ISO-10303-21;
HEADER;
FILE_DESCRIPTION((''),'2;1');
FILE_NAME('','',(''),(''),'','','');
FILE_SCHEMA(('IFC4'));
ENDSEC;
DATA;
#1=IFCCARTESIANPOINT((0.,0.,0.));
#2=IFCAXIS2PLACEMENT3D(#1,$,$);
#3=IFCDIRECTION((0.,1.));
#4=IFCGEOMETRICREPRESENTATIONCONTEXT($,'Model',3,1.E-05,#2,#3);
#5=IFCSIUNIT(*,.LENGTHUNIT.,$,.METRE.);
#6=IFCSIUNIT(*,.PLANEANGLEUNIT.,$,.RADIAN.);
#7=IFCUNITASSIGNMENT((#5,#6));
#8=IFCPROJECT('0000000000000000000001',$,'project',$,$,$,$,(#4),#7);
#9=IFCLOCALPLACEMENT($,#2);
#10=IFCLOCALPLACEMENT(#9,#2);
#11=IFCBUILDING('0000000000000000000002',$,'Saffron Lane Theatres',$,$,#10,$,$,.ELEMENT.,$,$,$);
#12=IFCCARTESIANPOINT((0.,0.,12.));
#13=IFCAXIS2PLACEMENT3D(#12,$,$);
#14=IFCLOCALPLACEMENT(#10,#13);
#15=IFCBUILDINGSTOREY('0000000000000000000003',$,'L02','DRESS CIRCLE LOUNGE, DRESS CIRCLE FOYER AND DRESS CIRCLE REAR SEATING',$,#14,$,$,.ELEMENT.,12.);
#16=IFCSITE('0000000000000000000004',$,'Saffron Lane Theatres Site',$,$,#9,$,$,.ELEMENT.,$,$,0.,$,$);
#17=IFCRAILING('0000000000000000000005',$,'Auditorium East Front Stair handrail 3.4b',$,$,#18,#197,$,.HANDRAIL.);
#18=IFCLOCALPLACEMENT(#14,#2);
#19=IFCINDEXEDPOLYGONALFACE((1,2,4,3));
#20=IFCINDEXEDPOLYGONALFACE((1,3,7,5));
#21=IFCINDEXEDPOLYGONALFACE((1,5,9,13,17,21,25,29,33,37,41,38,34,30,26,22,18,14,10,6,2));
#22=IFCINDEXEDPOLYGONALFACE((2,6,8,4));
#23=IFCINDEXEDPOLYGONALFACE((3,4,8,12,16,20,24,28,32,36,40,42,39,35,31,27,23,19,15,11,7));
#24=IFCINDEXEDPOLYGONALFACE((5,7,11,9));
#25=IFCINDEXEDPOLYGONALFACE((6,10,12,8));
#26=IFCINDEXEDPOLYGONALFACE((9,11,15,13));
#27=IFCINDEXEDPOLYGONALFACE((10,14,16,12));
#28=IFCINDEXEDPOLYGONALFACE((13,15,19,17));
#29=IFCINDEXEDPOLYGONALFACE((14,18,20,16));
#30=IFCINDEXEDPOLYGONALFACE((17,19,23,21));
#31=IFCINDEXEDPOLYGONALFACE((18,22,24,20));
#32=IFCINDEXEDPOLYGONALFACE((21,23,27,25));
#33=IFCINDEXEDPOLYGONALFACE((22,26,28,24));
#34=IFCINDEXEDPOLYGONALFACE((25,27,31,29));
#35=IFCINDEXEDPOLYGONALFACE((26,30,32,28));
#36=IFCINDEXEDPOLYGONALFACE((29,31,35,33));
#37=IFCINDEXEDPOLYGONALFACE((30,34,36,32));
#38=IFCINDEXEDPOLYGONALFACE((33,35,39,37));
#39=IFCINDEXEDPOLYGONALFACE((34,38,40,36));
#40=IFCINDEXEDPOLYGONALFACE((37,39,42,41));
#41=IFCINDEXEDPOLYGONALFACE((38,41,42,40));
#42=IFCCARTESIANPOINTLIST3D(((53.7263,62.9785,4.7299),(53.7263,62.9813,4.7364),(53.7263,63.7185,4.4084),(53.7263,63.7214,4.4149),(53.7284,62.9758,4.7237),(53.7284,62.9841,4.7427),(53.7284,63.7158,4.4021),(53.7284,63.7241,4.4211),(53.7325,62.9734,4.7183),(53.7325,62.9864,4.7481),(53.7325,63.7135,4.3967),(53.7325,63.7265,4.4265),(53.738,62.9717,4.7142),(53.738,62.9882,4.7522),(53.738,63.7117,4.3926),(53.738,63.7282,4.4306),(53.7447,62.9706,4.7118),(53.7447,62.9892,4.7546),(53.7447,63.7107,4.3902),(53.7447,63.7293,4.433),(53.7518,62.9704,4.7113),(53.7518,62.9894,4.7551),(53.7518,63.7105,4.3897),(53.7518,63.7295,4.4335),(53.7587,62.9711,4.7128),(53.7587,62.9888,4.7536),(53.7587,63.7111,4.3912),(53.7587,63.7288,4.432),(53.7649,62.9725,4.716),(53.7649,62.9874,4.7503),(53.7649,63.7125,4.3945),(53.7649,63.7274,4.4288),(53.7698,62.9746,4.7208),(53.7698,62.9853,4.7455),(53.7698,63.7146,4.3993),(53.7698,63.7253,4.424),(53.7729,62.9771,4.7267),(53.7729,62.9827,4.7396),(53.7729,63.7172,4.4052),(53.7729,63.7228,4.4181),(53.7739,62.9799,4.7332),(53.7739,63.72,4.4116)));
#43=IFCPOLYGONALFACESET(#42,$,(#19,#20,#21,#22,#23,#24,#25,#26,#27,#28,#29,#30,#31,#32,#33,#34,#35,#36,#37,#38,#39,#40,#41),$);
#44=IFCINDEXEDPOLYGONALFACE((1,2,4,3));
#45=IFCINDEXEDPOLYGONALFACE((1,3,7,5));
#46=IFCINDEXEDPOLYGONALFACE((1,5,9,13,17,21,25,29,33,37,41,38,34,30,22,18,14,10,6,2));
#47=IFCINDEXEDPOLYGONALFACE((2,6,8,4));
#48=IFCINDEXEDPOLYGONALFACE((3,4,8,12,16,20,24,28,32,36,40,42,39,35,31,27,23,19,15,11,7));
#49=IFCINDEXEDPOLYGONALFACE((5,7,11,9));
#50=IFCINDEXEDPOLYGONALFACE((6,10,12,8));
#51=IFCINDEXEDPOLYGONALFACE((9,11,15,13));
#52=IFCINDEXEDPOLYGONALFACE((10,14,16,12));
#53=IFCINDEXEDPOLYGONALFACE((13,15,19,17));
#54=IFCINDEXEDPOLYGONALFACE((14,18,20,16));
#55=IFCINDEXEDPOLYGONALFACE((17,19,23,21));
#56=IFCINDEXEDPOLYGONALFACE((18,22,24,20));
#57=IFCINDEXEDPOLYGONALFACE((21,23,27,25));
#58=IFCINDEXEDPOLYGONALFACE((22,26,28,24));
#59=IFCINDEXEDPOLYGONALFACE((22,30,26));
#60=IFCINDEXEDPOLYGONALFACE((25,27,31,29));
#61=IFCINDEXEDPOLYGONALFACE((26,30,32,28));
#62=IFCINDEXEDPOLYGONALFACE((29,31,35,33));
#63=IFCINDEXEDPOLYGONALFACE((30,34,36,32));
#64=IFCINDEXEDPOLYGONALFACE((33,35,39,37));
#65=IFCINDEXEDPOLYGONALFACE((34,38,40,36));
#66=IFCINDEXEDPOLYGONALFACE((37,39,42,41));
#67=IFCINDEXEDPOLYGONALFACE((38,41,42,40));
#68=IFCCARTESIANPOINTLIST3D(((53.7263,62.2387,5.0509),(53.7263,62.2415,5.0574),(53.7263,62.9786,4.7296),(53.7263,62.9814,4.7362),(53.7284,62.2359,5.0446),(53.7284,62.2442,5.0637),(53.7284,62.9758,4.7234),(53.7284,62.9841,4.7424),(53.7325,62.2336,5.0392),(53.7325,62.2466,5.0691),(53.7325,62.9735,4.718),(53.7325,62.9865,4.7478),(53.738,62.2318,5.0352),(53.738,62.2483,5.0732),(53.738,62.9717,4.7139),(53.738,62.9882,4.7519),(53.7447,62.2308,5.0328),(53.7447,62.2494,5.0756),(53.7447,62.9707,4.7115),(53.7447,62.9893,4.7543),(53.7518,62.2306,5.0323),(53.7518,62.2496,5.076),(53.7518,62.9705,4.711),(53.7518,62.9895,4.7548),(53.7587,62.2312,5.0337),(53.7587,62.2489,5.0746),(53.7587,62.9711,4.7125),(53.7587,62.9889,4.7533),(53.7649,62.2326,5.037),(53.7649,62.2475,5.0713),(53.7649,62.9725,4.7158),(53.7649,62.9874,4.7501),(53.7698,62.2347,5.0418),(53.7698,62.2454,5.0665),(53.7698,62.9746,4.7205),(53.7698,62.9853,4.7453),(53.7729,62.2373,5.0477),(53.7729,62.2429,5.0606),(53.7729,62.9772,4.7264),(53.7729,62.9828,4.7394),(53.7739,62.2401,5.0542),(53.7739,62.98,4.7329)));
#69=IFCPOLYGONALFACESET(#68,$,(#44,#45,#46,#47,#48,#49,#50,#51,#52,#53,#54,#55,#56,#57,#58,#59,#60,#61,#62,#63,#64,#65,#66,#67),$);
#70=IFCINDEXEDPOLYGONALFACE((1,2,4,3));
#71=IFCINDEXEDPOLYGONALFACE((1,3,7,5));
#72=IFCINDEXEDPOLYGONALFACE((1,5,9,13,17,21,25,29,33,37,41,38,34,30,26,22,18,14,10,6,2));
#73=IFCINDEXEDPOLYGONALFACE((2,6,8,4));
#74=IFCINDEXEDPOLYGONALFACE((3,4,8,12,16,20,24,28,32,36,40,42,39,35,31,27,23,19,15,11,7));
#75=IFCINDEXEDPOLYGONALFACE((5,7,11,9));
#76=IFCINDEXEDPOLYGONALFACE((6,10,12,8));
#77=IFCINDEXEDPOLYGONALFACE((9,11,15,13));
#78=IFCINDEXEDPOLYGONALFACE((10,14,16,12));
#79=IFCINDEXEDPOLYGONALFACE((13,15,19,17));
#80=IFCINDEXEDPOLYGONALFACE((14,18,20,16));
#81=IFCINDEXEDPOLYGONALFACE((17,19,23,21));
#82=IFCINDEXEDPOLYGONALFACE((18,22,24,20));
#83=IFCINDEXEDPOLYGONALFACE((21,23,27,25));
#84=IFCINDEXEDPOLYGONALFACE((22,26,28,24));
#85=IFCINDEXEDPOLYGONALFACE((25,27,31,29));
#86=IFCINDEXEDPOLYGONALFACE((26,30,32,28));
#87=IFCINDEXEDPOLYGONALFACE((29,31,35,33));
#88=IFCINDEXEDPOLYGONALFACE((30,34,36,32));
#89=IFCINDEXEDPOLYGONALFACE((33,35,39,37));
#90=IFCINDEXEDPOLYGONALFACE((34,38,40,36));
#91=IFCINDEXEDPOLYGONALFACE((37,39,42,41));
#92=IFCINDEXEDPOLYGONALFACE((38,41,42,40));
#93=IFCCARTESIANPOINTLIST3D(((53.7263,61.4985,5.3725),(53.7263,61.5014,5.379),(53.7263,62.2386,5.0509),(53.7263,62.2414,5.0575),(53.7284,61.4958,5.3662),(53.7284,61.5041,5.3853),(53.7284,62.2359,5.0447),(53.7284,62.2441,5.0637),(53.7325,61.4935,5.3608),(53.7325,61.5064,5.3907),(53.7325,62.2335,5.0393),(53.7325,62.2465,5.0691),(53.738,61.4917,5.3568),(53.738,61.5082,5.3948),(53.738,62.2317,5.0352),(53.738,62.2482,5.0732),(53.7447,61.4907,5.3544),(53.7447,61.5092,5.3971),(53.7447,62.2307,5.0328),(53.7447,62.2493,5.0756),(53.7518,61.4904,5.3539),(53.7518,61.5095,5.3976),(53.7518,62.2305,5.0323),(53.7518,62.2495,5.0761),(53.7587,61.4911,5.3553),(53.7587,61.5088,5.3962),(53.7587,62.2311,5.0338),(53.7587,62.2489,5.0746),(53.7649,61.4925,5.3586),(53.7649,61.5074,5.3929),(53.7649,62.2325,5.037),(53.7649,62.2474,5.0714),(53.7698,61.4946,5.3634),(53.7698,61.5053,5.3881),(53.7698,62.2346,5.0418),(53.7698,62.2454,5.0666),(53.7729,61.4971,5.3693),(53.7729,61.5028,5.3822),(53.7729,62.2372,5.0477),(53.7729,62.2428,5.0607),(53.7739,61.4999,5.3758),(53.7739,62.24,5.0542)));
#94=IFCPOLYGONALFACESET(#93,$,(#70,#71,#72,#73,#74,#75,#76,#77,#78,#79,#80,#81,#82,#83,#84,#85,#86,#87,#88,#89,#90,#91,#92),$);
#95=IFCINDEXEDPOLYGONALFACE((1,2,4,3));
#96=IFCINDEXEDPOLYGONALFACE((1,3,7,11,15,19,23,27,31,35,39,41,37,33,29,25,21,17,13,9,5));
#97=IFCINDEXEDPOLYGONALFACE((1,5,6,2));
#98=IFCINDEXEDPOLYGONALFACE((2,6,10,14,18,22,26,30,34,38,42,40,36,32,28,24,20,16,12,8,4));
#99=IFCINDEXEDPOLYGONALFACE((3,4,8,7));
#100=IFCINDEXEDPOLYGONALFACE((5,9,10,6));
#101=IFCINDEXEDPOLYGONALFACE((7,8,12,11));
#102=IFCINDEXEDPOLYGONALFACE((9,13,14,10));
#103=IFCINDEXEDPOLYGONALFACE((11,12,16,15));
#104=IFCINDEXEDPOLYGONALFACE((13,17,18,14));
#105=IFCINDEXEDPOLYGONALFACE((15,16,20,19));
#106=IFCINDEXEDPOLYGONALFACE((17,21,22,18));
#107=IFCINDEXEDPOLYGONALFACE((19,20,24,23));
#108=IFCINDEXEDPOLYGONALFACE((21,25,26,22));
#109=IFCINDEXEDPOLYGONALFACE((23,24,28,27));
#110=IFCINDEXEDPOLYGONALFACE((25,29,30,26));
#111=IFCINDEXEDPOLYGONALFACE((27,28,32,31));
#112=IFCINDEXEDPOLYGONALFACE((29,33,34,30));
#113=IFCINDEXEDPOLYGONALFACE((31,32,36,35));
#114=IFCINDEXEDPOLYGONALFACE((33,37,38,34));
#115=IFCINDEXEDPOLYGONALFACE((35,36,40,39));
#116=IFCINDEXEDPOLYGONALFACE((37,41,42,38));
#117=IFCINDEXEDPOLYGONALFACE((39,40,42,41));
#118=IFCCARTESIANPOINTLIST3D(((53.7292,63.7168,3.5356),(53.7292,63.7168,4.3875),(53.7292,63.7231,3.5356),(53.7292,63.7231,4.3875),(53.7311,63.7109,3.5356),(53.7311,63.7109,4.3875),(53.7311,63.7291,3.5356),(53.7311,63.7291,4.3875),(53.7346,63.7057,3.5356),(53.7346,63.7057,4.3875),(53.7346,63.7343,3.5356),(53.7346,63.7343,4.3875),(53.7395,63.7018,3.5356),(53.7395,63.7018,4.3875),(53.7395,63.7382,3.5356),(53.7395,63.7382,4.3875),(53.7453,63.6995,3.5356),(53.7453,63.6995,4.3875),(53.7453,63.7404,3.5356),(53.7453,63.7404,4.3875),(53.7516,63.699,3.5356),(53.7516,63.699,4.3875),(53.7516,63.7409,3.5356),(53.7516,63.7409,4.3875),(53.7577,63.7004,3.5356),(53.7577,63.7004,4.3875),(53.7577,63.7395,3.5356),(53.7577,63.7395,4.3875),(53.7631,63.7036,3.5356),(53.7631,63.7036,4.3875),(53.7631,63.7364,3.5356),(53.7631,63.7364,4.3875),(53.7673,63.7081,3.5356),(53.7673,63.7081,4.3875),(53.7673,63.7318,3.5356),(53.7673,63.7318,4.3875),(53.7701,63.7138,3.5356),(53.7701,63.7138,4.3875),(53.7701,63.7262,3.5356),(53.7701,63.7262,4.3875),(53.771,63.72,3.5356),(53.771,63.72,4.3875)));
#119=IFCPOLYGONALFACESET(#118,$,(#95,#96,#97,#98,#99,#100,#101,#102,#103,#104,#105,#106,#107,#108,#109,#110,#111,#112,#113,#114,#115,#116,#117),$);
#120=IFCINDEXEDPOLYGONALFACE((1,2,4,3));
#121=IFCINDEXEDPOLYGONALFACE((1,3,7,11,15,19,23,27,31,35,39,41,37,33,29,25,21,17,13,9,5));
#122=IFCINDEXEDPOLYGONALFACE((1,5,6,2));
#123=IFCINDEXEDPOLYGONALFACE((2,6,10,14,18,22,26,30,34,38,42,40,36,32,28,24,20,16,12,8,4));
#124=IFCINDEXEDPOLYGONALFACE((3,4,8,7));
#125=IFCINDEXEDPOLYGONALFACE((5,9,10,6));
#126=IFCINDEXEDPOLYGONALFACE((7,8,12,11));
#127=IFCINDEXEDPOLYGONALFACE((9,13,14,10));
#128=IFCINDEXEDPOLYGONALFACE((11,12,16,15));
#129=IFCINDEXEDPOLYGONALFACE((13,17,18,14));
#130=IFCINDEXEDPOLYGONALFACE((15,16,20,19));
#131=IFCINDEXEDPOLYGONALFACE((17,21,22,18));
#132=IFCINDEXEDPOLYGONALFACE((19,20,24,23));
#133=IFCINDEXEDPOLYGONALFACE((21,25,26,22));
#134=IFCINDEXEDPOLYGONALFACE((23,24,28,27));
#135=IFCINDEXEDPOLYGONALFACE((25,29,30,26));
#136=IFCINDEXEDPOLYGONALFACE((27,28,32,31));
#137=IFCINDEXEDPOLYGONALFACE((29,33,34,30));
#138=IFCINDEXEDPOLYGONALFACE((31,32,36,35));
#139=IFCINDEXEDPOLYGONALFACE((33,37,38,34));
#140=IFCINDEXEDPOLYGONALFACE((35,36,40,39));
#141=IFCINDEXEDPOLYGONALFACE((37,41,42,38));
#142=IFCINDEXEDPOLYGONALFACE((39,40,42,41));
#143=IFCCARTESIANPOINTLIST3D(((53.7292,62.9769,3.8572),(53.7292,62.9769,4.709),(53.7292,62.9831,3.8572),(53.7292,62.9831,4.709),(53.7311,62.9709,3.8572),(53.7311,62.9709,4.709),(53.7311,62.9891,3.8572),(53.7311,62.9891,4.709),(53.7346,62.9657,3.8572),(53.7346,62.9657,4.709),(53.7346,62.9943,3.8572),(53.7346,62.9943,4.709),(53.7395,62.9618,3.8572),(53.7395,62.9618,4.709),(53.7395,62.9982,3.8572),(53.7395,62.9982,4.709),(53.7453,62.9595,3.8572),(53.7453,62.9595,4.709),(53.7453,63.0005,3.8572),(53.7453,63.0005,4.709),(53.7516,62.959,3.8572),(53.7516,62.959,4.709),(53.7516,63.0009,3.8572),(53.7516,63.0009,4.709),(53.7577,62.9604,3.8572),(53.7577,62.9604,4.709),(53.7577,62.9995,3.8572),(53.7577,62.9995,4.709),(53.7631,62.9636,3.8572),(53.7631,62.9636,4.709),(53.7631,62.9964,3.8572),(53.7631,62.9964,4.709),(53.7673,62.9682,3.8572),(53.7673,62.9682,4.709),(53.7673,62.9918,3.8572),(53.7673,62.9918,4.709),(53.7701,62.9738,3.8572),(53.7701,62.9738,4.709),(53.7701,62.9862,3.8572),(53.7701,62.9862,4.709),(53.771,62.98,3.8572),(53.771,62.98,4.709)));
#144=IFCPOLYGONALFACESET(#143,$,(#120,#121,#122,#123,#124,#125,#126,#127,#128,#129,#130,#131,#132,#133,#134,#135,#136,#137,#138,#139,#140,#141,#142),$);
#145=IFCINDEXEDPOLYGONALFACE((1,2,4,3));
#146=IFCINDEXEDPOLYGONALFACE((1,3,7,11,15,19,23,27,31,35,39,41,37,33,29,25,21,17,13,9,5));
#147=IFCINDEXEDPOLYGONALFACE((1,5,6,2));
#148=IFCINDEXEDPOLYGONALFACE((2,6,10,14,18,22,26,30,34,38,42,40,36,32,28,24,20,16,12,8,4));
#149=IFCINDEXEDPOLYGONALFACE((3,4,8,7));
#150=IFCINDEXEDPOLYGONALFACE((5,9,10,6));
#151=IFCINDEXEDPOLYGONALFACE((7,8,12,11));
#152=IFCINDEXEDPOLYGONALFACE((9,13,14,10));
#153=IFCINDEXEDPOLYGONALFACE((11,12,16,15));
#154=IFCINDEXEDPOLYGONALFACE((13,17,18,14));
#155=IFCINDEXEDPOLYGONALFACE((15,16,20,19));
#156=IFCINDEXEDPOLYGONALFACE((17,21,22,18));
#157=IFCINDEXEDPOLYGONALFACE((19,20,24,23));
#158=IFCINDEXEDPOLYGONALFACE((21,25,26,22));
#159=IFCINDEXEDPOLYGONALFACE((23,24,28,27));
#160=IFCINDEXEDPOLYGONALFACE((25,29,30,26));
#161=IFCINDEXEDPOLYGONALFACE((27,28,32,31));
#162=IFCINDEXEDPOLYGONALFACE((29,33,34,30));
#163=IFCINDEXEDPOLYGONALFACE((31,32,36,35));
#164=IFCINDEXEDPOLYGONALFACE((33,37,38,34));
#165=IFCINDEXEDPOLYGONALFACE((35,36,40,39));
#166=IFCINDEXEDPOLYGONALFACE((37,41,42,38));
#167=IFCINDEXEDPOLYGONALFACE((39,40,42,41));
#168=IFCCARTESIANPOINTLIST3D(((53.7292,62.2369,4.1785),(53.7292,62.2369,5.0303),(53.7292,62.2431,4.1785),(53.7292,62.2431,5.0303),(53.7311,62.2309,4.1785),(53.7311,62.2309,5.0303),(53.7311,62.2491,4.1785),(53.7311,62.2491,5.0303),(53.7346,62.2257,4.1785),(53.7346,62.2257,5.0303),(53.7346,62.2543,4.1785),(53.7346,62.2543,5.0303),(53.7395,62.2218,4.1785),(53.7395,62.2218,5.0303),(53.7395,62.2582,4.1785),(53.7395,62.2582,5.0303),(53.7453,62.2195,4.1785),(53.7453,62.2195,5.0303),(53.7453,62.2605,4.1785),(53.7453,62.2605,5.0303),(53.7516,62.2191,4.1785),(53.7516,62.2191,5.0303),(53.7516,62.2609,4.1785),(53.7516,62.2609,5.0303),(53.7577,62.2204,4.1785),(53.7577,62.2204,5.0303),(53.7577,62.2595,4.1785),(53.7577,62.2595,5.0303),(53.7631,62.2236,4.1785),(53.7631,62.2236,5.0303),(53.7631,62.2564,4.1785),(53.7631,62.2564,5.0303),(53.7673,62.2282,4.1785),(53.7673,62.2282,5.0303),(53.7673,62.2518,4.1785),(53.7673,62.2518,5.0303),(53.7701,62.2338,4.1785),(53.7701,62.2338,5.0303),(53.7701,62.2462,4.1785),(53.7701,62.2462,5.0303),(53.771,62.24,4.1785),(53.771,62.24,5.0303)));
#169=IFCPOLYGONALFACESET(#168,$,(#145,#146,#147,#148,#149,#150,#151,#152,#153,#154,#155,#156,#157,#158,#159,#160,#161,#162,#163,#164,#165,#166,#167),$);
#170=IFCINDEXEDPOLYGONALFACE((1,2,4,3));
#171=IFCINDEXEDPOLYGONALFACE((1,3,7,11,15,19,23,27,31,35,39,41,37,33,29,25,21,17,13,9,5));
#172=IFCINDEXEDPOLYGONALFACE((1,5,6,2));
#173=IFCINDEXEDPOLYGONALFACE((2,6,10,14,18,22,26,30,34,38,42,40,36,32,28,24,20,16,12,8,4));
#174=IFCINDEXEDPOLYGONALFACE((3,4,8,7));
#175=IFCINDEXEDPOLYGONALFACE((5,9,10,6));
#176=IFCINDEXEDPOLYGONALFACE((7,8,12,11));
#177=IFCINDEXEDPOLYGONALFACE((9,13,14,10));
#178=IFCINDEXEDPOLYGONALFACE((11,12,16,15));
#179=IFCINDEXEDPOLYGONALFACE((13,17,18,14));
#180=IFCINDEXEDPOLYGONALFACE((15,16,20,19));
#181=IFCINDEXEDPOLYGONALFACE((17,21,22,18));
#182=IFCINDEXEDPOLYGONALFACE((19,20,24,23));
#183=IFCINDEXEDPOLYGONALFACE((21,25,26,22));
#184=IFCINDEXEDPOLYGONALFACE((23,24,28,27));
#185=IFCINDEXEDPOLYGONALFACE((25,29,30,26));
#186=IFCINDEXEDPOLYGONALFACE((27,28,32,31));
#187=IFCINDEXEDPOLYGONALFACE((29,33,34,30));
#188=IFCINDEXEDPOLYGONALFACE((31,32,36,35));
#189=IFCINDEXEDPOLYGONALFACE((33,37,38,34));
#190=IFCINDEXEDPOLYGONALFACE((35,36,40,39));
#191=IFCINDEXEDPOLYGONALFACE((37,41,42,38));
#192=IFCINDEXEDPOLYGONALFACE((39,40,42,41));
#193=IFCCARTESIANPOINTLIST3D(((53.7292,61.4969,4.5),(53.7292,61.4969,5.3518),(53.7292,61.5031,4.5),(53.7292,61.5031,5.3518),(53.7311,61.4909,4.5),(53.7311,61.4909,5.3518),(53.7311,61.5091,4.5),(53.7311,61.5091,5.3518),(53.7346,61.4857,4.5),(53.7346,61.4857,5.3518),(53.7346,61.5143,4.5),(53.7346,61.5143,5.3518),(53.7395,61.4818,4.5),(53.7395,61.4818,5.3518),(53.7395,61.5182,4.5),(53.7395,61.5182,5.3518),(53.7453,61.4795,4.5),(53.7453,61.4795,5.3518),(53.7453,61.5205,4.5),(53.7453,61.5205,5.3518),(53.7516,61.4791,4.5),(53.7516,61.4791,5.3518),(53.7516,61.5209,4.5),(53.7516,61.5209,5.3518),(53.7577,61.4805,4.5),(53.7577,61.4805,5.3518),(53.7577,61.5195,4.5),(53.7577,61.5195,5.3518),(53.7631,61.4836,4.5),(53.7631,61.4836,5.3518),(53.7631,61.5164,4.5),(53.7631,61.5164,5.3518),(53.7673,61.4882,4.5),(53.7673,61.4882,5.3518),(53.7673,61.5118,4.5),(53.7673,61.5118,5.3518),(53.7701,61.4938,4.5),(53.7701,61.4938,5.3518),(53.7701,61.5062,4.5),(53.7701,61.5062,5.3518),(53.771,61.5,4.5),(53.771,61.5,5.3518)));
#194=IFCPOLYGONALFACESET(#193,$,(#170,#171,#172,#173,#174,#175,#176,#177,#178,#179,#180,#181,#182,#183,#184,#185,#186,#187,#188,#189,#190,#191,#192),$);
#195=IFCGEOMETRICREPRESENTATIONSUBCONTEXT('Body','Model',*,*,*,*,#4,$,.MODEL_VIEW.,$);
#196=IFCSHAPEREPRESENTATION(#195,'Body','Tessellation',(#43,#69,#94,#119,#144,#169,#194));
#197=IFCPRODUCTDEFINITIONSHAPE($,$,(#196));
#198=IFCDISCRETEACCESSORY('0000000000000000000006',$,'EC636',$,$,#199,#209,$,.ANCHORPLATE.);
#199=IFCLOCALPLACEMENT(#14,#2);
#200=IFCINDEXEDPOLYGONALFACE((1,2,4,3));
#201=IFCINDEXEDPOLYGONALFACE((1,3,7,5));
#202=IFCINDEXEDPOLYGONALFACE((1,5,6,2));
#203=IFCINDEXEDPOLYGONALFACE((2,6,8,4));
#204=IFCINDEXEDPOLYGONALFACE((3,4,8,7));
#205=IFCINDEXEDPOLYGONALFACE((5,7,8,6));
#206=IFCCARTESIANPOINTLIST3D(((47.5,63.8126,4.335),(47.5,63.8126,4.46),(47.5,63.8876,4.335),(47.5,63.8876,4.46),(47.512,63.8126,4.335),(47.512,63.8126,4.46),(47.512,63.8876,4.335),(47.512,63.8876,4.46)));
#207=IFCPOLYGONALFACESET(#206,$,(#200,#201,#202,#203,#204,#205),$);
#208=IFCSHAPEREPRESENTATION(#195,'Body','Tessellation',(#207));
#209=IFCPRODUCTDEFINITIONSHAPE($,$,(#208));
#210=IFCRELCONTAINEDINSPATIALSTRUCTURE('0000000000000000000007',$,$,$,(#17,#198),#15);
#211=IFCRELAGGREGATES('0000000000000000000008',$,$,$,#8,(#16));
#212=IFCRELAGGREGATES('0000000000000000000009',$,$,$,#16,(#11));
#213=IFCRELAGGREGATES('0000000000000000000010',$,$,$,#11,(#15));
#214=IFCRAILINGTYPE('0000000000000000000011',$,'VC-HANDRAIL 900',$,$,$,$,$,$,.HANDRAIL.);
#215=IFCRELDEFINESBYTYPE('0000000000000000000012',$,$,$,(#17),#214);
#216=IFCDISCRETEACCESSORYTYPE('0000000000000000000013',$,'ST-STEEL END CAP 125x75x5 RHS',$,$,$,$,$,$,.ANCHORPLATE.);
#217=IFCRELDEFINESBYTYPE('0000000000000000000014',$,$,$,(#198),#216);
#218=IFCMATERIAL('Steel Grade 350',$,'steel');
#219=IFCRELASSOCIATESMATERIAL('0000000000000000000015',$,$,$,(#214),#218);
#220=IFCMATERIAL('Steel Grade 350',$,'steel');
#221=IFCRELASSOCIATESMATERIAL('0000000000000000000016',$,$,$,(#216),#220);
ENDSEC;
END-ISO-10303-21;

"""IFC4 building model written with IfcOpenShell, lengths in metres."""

from ifc_helpers import new_model, si_unit, direction, frame, origin, origin_2d, place, context, subcontext, project, spatial, rectangle, circle, extrude, material, material_profile, profile_set, type_object, element, save


model = new_model("IFC4")

# Units and contexts
model_context = context("Model", 3, precision=1e-05, world=origin(), true_north=direction((0.0, 1.0)))
body_context = subcontext(model_context, "Body", "Model", "MODEL_VIEW")
ifc_project = project(units=[si_unit("LENGTHUNIT", "METRE"), si_unit("PLANEANGLEUNIT", "RADIAN")], contexts=[model_context])

# Site, building, storey
site_placement = place(None, origin())
site = spatial("IfcSite", under=ifc_project, at=site_placement, Name="Saffron Lane Theatres Site", CompositionType="ELEMENT", RefElevation=0.0)
building_placement = place(site_placement, origin())
building = spatial("IfcBuilding", under=site, at=building_placement, Name="Saffron Lane Theatres", CompositionType="ELEMENT")
storey_placement = place(building_placement, frame((0.0, 0.0, 12.0)))
storey = spatial("IfcBuildingStorey", under=building, at=storey_placement, Name="L02", Description="DRESS CIRCLE LOUNGE, DRESS CIRCLE FOYER AND DRESS CIRCLE REAR SEATING", CompositionType="ELEMENT", Elevation=12.0)

# Railing
ifc_material_1 = material(Name="Steel Grade 350", Category="steel")
railing_type_1 = type_object("IfcRailingType", Name="VC-HANDRAIL 900", PredefinedType="HANDRAIL", material=ifc_material_1)
for number, where, name in (
    (1, (53.75, 63.72, 3.5356), "Auditorium East Front Stair handrail 3.4b"),
):
    element("IfcRailing", number, at=place(storey_placement, frame(where)), inside=storey, type_object=railing_type_1, Name=name, PredefinedType="HANDRAIL", context=body_context, shape_type="SweptSolid", body=[
        extrude(circle(Radius=0.0239, at=origin_2d()), frame((0.0, 0.0, 0.876), z_axis=(0.0, -0.917161, 0.398516), x_axis=(1.0, 0.0, 0.0)), (0.0, 0.0, 1.0), 0.8069),
        extrude(circle(Radius=0.0239, at=origin_2d()), frame((0.0, -0.74, 1.1973), z_axis=(0.0, -0.917272, 0.398261), x_axis=(1.0, 0.0, 0.0)), (0.0, 0.0, 1.0), 0.8066),
        extrude(circle(Radius=0.0239, at=origin_2d()), frame((0.0, -1.48, 1.5186), z_axis=(0.0, -0.917161, 0.398516), x_axis=(1.0, 0.0, 0.0)), (0.0, 0.0, 1.0), 0.8069),
        extrude(circle(Radius=0.021, at=origin_2d()), origin(), (0.0, 0.0, 1.0), 0.8518),
        extrude(circle(Radius=0.021, at=origin_2d()), frame((0.0, -0.74, 0.3215)), (0.0, 0.0, 1.0), 0.8518),
        extrude(circle(Radius=0.021, at=origin_2d()), frame((0.0, -1.48, 0.6428)), (0.0, 0.0, 1.0), 0.8518),
        extrude(circle(Radius=0.021, at=origin_2d()), frame((0.0, -2.22, 0.9644)), (0.0, 0.0, 1.0), 0.8518),
    ])

# Discrete accessory
ifc_material_2 = material(Name="Steel Grade 350", Category="steel")
ifc_material_profile_1 = material_profile(ifc_material_2, rectangle(XDim=0.075, YDim=0.125, at=origin_2d()))
ifc_profile_set_1 = profile_set([ifc_material_profile_1], Name="Steel Grade 350")
discrete_accessory_type = type_object("IfcDiscreteAccessoryType", Name="ST-STEEL END CAP 125x75x5 RHS", PredefinedType="ANCHORPLATE", material=ifc_profile_set_1)
for number, where, z_axis, x_axis, name in (
    (2, (47.5, 63.8501, 4.3975), (1.0, 0.0, 0.0), (0.0, 1.0, 0.0), "EC636"),
):
    element("IfcDiscreteAccessory", number, at=place(storey_placement, frame(where, z_axis=z_axis, x_axis=x_axis)), inside=storey, type_object=discrete_accessory_type, Name=name, PredefinedType="ANCHORPLATE", context=body_context, shape_type="SweptSolid", body=[
        extrude(rectangle(XDim=0.075, YDim=0.125, at=origin_2d()), origin(), (0.0, 0.0, 1.0), 0.012),
    ])

save(model, "model.ifc")
